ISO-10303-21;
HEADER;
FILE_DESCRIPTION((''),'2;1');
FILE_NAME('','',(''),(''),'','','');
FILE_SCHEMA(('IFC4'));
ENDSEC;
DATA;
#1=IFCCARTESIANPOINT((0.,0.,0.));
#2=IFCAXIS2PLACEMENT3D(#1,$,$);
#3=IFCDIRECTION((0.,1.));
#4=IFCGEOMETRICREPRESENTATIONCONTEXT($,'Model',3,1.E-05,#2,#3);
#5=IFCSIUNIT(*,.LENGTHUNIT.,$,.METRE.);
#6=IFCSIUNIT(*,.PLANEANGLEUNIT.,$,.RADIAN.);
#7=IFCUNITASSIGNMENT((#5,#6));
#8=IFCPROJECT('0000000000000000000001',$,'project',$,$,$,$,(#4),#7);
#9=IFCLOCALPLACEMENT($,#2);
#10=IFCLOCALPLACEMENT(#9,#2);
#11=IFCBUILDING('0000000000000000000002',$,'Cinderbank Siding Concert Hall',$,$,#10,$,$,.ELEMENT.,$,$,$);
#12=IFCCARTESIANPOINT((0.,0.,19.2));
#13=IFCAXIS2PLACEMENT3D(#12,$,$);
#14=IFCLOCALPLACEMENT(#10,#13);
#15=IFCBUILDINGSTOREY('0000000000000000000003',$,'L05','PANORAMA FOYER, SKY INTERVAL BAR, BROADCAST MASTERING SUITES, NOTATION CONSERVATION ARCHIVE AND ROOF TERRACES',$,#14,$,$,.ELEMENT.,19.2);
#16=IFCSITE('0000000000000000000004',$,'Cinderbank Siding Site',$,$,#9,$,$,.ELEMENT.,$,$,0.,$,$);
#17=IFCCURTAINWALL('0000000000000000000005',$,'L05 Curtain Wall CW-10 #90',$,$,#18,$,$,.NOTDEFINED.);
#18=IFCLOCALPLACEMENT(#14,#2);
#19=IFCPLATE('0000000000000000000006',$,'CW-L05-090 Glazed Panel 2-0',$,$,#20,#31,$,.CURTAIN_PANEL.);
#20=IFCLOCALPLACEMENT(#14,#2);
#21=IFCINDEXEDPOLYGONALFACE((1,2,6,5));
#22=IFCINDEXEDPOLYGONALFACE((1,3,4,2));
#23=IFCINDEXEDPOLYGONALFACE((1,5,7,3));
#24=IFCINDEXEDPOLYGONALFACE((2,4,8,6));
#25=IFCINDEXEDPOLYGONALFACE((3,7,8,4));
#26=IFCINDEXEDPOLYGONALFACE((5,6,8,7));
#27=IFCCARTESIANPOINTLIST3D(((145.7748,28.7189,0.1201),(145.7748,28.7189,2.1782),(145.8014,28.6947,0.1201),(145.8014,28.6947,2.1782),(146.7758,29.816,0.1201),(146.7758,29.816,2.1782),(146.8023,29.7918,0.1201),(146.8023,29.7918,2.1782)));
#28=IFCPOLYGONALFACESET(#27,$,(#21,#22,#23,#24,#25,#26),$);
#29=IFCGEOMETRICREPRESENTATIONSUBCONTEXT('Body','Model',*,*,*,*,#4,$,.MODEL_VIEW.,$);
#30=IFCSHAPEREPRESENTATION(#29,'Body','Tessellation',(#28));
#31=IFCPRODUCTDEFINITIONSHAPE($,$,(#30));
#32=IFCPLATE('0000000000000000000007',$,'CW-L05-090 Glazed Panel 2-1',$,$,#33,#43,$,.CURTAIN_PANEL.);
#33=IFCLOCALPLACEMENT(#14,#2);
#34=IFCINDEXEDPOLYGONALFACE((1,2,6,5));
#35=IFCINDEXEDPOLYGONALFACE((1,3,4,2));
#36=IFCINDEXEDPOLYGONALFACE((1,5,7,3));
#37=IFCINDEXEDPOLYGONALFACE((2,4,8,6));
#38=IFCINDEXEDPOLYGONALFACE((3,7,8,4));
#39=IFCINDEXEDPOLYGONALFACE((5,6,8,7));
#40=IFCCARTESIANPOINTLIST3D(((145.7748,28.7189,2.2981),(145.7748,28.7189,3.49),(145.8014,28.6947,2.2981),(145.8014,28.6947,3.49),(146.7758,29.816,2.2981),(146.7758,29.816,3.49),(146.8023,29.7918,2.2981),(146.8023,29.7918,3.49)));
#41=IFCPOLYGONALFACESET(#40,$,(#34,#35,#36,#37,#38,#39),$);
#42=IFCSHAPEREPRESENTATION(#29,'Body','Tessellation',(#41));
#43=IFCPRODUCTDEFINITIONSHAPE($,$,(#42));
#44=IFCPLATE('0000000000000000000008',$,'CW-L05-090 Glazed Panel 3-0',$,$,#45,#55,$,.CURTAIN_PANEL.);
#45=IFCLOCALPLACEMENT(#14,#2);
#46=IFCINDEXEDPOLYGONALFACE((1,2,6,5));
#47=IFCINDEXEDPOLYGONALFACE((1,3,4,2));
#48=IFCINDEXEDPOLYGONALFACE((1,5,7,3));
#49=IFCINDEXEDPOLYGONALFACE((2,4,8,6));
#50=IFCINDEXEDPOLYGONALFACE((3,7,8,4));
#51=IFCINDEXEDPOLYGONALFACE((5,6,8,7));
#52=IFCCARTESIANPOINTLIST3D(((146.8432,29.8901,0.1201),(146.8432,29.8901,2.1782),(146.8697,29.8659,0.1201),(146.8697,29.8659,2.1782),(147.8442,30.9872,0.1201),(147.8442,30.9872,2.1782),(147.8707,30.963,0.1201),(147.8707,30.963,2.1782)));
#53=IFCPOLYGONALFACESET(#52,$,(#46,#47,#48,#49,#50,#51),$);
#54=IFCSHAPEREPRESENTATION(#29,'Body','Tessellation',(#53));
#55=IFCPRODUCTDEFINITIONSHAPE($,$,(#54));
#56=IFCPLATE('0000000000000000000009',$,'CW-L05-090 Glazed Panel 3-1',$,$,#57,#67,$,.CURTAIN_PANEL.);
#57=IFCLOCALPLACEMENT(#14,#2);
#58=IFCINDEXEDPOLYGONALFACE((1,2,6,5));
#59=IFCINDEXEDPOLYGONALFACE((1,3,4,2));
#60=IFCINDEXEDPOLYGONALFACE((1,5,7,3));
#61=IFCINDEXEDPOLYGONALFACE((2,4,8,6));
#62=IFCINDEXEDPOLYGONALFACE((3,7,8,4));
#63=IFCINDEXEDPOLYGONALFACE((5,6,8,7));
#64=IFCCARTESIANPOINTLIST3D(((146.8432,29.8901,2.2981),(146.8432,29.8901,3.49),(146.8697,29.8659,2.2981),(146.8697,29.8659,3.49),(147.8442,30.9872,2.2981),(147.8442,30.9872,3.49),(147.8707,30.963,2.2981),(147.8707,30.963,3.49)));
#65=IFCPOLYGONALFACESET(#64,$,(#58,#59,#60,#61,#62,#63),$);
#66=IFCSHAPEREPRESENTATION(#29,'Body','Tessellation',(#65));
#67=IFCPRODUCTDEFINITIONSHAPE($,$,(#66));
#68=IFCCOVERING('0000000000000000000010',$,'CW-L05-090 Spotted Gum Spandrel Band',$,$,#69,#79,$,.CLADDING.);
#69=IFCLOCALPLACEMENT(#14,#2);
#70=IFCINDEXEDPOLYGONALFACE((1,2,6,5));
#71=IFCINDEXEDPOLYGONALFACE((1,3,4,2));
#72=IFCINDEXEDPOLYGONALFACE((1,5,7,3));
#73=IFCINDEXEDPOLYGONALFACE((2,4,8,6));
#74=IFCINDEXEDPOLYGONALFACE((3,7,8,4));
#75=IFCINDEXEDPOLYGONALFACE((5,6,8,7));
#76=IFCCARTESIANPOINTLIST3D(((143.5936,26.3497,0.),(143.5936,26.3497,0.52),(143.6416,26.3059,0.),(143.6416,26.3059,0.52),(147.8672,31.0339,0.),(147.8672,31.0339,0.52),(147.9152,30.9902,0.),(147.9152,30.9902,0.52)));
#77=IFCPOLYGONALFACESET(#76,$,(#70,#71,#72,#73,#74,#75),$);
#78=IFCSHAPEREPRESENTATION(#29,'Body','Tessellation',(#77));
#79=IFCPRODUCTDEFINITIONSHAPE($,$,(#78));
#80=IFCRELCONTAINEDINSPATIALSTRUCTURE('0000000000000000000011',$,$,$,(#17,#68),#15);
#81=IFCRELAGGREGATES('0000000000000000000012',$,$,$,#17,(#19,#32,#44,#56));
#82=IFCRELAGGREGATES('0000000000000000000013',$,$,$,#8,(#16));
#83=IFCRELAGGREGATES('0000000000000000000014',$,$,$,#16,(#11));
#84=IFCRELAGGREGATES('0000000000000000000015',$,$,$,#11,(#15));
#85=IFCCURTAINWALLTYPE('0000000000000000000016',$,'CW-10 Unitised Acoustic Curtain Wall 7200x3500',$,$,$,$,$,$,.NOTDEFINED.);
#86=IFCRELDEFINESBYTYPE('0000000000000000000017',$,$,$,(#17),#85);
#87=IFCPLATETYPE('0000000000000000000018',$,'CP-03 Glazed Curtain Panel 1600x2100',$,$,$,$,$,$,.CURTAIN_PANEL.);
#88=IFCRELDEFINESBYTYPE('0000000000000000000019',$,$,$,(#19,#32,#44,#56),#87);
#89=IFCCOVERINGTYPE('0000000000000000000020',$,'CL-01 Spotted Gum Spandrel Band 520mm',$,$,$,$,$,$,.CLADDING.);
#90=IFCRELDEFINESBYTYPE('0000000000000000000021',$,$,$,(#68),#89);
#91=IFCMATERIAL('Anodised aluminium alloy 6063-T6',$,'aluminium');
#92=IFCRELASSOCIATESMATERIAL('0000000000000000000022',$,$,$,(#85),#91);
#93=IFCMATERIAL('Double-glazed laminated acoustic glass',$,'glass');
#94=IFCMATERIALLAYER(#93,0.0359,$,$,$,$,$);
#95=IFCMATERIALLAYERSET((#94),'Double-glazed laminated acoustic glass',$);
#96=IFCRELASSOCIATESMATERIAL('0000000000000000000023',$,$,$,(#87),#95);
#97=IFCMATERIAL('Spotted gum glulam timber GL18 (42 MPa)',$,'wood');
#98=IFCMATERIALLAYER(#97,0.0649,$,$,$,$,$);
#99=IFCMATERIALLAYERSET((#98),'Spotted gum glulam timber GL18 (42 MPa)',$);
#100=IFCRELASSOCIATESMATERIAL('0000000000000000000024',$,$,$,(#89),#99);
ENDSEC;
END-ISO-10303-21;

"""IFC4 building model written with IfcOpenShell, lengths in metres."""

from ifc_helpers import new_model, si_unit, direction, frame, origin, origin_2d, place, context, subcontext, project, spatial, rectangle, extrude, material, layer, layer_set, type_object, element, aggregate, save


model = new_model("IFC4")

# Units and contexts
model_context = context("Model", 3, precision=1e-05, world=origin(), true_north=direction((0.0, 1.0)))
body_context = subcontext(model_context, "Body", "Model", "MODEL_VIEW")
ifc_project = project(units=[si_unit("LENGTHUNIT", "METRE"), si_unit("PLANEANGLEUNIT", "RADIAN")], contexts=[model_context])

# Site, building, storey
site_placement = place(None, origin())
site = spatial("IfcSite", under=ifc_project, at=site_placement, Name="Cinderbank Siding Site", CompositionType="ELEMENT", RefElevation=0.0)
building_placement = place(site_placement, origin())
building = spatial("IfcBuilding", under=site, at=building_placement, Name="Cinderbank Siding Concert Hall", CompositionType="ELEMENT")
storey_placement = place(building_placement, frame((0.0, 0.0, 19.2)))
storey = spatial("IfcBuildingStorey", under=building, at=storey_placement, Name="L05", Description="PANORAMA FOYER, SKY INTERVAL BAR, BROADCAST MASTERING SUITES, NOTATION CONSERVATION ARCHIVE AND ROOF TERRACES", CompositionType="ELEMENT", Elevation=19.2)

# Curtain wall, plates
ifc_material_1 = material(Name="Anodised aluminium alloy 6063-T6", Category="aluminium")
curtain_wall_type = type_object("IfcCurtainWallType", Name="CW-10 Unitised Acoustic Curtain Wall 7200x3500", PredefinedType="NOTDEFINED", material=ifc_material_1)
curtain_wall_placement = place(storey_placement, origin())
curtain_wall = element("IfcCurtainWall", 1, at=curtain_wall_placement, inside=storey, type_object=curtain_wall_type, Name="L05 Curtain Wall CW-10 #90", PredefinedType="NOTDEFINED")
ifc_material_2 = material(Name="Double-glazed laminated acoustic glass", Category="glass")
ifc_layer_1 = layer(ifc_material_2, 0.0359)
ifc_layer_set_1 = layer_set([ifc_layer_1], Name="Double-glazed laminated acoustic glass")
plate_type = type_object("IfcPlateType", Name="CP-03 Glazed Curtain Panel 1600x2100", PredefinedType="CURTAIN_PANEL", material=ifc_layer_set_1)
plate_1_placement = place(storey_placement, frame((146.2886, 29.2554, 0.1201), z_axis=(0.0, 0.0, 1.0), x_axis=(0.673989, 0.738742, 0.0)))
plate_1 = element("IfcPlate", 2, at=plate_1_placement, type_object=plate_type, Name="CW-L05-090 Glazed Panel 2-0", PredefinedType="CURTAIN_PANEL", context=body_context, shape_type="SweptSolid", body=[
    extrude(rectangle(XDim=1.4851, YDim=0.0359, at=origin_2d()), origin(), (0.0, 0.0, 1.0), 2.0581),
])
plate_2_placement = place(storey_placement, frame((146.2886, 29.2554, 2.2981), z_axis=(0.0, 0.0, 1.0), x_axis=(0.673989, 0.738742, 0.0)))
plate_2 = element("IfcPlate", 3, at=plate_2_placement, type_object=plate_type, Name="CW-L05-090 Glazed Panel 2-1", PredefinedType="CURTAIN_PANEL", context=body_context, shape_type="SweptSolid", body=[
    extrude(rectangle(XDim=1.4851, YDim=0.0359, at=origin_2d()), origin(), (0.0, 0.0, 1.0), 1.1919),
])
plate_3_placement = place(storey_placement, frame((147.3569, 30.4265, 0.1201), z_axis=(0.0, 0.0, 1.0), x_axis=(0.673989, 0.738742, 0.0)))
plate_3 = element("IfcPlate", 4, at=plate_3_placement, type_object=plate_type, Name="CW-L05-090 Glazed Panel 3-0", PredefinedType="CURTAIN_PANEL", context=body_context, shape_type="SweptSolid", body=[
    extrude(rectangle(XDim=1.4851, YDim=0.0359, at=origin_2d()), origin(), (0.0, 0.0, 1.0), 2.0581),
])
plate_4_placement = place(storey_placement, frame((147.3569, 30.4265, 2.2981), z_axis=(0.0, 0.0, 1.0), x_axis=(0.673989, 0.738742, 0.0)))
plate_4 = element("IfcPlate", 5, at=plate_4_placement, type_object=plate_type, Name="CW-L05-090 Glazed Panel 3-1", PredefinedType="CURTAIN_PANEL", context=body_context, shape_type="SweptSolid", body=[
    extrude(rectangle(XDim=1.4851, YDim=0.0359, at=origin_2d()), origin(), (0.0, 0.0, 1.0), 1.1919),
])
aggregate(curtain_wall, [plate_1, plate_2, plate_3, plate_4])

# Covering
ifc_material_3 = material(Name="Spotted gum glulam timber GL18 (42 MPa)", Category="wood")
ifc_layer_2 = layer(ifc_material_3, 0.0649)
ifc_layer_set_2 = layer_set([ifc_layer_2], Name="Spotted gum glulam timber GL18 (42 MPa)")
covering_type = type_object("IfcCoveringType", Name="CL-01 Spotted Gum Spandrel Band 520mm", PredefinedType="CLADDING", material=ifc_layer_set_2)
covering_placement = place(storey_placement, frame((145.7544, 28.6699, 0.0), z_axis=(0.0, 0.0, 1.0), x_axis=(0.673989, 0.738742, 0.0)))
element("IfcCovering", 6, at=covering_placement, inside=storey, type_object=covering_type, Name="CW-L05-090 Spotted Gum Spandrel Band", PredefinedType="CLADDING", context=body_context, shape_type="SweptSolid", body=[
    extrude(rectangle(XDim=6.3408, YDim=0.0649, at=origin_2d()), origin(), (0.0, 0.0, 1.0), 0.52),
])

save(model, "model.ifc")
